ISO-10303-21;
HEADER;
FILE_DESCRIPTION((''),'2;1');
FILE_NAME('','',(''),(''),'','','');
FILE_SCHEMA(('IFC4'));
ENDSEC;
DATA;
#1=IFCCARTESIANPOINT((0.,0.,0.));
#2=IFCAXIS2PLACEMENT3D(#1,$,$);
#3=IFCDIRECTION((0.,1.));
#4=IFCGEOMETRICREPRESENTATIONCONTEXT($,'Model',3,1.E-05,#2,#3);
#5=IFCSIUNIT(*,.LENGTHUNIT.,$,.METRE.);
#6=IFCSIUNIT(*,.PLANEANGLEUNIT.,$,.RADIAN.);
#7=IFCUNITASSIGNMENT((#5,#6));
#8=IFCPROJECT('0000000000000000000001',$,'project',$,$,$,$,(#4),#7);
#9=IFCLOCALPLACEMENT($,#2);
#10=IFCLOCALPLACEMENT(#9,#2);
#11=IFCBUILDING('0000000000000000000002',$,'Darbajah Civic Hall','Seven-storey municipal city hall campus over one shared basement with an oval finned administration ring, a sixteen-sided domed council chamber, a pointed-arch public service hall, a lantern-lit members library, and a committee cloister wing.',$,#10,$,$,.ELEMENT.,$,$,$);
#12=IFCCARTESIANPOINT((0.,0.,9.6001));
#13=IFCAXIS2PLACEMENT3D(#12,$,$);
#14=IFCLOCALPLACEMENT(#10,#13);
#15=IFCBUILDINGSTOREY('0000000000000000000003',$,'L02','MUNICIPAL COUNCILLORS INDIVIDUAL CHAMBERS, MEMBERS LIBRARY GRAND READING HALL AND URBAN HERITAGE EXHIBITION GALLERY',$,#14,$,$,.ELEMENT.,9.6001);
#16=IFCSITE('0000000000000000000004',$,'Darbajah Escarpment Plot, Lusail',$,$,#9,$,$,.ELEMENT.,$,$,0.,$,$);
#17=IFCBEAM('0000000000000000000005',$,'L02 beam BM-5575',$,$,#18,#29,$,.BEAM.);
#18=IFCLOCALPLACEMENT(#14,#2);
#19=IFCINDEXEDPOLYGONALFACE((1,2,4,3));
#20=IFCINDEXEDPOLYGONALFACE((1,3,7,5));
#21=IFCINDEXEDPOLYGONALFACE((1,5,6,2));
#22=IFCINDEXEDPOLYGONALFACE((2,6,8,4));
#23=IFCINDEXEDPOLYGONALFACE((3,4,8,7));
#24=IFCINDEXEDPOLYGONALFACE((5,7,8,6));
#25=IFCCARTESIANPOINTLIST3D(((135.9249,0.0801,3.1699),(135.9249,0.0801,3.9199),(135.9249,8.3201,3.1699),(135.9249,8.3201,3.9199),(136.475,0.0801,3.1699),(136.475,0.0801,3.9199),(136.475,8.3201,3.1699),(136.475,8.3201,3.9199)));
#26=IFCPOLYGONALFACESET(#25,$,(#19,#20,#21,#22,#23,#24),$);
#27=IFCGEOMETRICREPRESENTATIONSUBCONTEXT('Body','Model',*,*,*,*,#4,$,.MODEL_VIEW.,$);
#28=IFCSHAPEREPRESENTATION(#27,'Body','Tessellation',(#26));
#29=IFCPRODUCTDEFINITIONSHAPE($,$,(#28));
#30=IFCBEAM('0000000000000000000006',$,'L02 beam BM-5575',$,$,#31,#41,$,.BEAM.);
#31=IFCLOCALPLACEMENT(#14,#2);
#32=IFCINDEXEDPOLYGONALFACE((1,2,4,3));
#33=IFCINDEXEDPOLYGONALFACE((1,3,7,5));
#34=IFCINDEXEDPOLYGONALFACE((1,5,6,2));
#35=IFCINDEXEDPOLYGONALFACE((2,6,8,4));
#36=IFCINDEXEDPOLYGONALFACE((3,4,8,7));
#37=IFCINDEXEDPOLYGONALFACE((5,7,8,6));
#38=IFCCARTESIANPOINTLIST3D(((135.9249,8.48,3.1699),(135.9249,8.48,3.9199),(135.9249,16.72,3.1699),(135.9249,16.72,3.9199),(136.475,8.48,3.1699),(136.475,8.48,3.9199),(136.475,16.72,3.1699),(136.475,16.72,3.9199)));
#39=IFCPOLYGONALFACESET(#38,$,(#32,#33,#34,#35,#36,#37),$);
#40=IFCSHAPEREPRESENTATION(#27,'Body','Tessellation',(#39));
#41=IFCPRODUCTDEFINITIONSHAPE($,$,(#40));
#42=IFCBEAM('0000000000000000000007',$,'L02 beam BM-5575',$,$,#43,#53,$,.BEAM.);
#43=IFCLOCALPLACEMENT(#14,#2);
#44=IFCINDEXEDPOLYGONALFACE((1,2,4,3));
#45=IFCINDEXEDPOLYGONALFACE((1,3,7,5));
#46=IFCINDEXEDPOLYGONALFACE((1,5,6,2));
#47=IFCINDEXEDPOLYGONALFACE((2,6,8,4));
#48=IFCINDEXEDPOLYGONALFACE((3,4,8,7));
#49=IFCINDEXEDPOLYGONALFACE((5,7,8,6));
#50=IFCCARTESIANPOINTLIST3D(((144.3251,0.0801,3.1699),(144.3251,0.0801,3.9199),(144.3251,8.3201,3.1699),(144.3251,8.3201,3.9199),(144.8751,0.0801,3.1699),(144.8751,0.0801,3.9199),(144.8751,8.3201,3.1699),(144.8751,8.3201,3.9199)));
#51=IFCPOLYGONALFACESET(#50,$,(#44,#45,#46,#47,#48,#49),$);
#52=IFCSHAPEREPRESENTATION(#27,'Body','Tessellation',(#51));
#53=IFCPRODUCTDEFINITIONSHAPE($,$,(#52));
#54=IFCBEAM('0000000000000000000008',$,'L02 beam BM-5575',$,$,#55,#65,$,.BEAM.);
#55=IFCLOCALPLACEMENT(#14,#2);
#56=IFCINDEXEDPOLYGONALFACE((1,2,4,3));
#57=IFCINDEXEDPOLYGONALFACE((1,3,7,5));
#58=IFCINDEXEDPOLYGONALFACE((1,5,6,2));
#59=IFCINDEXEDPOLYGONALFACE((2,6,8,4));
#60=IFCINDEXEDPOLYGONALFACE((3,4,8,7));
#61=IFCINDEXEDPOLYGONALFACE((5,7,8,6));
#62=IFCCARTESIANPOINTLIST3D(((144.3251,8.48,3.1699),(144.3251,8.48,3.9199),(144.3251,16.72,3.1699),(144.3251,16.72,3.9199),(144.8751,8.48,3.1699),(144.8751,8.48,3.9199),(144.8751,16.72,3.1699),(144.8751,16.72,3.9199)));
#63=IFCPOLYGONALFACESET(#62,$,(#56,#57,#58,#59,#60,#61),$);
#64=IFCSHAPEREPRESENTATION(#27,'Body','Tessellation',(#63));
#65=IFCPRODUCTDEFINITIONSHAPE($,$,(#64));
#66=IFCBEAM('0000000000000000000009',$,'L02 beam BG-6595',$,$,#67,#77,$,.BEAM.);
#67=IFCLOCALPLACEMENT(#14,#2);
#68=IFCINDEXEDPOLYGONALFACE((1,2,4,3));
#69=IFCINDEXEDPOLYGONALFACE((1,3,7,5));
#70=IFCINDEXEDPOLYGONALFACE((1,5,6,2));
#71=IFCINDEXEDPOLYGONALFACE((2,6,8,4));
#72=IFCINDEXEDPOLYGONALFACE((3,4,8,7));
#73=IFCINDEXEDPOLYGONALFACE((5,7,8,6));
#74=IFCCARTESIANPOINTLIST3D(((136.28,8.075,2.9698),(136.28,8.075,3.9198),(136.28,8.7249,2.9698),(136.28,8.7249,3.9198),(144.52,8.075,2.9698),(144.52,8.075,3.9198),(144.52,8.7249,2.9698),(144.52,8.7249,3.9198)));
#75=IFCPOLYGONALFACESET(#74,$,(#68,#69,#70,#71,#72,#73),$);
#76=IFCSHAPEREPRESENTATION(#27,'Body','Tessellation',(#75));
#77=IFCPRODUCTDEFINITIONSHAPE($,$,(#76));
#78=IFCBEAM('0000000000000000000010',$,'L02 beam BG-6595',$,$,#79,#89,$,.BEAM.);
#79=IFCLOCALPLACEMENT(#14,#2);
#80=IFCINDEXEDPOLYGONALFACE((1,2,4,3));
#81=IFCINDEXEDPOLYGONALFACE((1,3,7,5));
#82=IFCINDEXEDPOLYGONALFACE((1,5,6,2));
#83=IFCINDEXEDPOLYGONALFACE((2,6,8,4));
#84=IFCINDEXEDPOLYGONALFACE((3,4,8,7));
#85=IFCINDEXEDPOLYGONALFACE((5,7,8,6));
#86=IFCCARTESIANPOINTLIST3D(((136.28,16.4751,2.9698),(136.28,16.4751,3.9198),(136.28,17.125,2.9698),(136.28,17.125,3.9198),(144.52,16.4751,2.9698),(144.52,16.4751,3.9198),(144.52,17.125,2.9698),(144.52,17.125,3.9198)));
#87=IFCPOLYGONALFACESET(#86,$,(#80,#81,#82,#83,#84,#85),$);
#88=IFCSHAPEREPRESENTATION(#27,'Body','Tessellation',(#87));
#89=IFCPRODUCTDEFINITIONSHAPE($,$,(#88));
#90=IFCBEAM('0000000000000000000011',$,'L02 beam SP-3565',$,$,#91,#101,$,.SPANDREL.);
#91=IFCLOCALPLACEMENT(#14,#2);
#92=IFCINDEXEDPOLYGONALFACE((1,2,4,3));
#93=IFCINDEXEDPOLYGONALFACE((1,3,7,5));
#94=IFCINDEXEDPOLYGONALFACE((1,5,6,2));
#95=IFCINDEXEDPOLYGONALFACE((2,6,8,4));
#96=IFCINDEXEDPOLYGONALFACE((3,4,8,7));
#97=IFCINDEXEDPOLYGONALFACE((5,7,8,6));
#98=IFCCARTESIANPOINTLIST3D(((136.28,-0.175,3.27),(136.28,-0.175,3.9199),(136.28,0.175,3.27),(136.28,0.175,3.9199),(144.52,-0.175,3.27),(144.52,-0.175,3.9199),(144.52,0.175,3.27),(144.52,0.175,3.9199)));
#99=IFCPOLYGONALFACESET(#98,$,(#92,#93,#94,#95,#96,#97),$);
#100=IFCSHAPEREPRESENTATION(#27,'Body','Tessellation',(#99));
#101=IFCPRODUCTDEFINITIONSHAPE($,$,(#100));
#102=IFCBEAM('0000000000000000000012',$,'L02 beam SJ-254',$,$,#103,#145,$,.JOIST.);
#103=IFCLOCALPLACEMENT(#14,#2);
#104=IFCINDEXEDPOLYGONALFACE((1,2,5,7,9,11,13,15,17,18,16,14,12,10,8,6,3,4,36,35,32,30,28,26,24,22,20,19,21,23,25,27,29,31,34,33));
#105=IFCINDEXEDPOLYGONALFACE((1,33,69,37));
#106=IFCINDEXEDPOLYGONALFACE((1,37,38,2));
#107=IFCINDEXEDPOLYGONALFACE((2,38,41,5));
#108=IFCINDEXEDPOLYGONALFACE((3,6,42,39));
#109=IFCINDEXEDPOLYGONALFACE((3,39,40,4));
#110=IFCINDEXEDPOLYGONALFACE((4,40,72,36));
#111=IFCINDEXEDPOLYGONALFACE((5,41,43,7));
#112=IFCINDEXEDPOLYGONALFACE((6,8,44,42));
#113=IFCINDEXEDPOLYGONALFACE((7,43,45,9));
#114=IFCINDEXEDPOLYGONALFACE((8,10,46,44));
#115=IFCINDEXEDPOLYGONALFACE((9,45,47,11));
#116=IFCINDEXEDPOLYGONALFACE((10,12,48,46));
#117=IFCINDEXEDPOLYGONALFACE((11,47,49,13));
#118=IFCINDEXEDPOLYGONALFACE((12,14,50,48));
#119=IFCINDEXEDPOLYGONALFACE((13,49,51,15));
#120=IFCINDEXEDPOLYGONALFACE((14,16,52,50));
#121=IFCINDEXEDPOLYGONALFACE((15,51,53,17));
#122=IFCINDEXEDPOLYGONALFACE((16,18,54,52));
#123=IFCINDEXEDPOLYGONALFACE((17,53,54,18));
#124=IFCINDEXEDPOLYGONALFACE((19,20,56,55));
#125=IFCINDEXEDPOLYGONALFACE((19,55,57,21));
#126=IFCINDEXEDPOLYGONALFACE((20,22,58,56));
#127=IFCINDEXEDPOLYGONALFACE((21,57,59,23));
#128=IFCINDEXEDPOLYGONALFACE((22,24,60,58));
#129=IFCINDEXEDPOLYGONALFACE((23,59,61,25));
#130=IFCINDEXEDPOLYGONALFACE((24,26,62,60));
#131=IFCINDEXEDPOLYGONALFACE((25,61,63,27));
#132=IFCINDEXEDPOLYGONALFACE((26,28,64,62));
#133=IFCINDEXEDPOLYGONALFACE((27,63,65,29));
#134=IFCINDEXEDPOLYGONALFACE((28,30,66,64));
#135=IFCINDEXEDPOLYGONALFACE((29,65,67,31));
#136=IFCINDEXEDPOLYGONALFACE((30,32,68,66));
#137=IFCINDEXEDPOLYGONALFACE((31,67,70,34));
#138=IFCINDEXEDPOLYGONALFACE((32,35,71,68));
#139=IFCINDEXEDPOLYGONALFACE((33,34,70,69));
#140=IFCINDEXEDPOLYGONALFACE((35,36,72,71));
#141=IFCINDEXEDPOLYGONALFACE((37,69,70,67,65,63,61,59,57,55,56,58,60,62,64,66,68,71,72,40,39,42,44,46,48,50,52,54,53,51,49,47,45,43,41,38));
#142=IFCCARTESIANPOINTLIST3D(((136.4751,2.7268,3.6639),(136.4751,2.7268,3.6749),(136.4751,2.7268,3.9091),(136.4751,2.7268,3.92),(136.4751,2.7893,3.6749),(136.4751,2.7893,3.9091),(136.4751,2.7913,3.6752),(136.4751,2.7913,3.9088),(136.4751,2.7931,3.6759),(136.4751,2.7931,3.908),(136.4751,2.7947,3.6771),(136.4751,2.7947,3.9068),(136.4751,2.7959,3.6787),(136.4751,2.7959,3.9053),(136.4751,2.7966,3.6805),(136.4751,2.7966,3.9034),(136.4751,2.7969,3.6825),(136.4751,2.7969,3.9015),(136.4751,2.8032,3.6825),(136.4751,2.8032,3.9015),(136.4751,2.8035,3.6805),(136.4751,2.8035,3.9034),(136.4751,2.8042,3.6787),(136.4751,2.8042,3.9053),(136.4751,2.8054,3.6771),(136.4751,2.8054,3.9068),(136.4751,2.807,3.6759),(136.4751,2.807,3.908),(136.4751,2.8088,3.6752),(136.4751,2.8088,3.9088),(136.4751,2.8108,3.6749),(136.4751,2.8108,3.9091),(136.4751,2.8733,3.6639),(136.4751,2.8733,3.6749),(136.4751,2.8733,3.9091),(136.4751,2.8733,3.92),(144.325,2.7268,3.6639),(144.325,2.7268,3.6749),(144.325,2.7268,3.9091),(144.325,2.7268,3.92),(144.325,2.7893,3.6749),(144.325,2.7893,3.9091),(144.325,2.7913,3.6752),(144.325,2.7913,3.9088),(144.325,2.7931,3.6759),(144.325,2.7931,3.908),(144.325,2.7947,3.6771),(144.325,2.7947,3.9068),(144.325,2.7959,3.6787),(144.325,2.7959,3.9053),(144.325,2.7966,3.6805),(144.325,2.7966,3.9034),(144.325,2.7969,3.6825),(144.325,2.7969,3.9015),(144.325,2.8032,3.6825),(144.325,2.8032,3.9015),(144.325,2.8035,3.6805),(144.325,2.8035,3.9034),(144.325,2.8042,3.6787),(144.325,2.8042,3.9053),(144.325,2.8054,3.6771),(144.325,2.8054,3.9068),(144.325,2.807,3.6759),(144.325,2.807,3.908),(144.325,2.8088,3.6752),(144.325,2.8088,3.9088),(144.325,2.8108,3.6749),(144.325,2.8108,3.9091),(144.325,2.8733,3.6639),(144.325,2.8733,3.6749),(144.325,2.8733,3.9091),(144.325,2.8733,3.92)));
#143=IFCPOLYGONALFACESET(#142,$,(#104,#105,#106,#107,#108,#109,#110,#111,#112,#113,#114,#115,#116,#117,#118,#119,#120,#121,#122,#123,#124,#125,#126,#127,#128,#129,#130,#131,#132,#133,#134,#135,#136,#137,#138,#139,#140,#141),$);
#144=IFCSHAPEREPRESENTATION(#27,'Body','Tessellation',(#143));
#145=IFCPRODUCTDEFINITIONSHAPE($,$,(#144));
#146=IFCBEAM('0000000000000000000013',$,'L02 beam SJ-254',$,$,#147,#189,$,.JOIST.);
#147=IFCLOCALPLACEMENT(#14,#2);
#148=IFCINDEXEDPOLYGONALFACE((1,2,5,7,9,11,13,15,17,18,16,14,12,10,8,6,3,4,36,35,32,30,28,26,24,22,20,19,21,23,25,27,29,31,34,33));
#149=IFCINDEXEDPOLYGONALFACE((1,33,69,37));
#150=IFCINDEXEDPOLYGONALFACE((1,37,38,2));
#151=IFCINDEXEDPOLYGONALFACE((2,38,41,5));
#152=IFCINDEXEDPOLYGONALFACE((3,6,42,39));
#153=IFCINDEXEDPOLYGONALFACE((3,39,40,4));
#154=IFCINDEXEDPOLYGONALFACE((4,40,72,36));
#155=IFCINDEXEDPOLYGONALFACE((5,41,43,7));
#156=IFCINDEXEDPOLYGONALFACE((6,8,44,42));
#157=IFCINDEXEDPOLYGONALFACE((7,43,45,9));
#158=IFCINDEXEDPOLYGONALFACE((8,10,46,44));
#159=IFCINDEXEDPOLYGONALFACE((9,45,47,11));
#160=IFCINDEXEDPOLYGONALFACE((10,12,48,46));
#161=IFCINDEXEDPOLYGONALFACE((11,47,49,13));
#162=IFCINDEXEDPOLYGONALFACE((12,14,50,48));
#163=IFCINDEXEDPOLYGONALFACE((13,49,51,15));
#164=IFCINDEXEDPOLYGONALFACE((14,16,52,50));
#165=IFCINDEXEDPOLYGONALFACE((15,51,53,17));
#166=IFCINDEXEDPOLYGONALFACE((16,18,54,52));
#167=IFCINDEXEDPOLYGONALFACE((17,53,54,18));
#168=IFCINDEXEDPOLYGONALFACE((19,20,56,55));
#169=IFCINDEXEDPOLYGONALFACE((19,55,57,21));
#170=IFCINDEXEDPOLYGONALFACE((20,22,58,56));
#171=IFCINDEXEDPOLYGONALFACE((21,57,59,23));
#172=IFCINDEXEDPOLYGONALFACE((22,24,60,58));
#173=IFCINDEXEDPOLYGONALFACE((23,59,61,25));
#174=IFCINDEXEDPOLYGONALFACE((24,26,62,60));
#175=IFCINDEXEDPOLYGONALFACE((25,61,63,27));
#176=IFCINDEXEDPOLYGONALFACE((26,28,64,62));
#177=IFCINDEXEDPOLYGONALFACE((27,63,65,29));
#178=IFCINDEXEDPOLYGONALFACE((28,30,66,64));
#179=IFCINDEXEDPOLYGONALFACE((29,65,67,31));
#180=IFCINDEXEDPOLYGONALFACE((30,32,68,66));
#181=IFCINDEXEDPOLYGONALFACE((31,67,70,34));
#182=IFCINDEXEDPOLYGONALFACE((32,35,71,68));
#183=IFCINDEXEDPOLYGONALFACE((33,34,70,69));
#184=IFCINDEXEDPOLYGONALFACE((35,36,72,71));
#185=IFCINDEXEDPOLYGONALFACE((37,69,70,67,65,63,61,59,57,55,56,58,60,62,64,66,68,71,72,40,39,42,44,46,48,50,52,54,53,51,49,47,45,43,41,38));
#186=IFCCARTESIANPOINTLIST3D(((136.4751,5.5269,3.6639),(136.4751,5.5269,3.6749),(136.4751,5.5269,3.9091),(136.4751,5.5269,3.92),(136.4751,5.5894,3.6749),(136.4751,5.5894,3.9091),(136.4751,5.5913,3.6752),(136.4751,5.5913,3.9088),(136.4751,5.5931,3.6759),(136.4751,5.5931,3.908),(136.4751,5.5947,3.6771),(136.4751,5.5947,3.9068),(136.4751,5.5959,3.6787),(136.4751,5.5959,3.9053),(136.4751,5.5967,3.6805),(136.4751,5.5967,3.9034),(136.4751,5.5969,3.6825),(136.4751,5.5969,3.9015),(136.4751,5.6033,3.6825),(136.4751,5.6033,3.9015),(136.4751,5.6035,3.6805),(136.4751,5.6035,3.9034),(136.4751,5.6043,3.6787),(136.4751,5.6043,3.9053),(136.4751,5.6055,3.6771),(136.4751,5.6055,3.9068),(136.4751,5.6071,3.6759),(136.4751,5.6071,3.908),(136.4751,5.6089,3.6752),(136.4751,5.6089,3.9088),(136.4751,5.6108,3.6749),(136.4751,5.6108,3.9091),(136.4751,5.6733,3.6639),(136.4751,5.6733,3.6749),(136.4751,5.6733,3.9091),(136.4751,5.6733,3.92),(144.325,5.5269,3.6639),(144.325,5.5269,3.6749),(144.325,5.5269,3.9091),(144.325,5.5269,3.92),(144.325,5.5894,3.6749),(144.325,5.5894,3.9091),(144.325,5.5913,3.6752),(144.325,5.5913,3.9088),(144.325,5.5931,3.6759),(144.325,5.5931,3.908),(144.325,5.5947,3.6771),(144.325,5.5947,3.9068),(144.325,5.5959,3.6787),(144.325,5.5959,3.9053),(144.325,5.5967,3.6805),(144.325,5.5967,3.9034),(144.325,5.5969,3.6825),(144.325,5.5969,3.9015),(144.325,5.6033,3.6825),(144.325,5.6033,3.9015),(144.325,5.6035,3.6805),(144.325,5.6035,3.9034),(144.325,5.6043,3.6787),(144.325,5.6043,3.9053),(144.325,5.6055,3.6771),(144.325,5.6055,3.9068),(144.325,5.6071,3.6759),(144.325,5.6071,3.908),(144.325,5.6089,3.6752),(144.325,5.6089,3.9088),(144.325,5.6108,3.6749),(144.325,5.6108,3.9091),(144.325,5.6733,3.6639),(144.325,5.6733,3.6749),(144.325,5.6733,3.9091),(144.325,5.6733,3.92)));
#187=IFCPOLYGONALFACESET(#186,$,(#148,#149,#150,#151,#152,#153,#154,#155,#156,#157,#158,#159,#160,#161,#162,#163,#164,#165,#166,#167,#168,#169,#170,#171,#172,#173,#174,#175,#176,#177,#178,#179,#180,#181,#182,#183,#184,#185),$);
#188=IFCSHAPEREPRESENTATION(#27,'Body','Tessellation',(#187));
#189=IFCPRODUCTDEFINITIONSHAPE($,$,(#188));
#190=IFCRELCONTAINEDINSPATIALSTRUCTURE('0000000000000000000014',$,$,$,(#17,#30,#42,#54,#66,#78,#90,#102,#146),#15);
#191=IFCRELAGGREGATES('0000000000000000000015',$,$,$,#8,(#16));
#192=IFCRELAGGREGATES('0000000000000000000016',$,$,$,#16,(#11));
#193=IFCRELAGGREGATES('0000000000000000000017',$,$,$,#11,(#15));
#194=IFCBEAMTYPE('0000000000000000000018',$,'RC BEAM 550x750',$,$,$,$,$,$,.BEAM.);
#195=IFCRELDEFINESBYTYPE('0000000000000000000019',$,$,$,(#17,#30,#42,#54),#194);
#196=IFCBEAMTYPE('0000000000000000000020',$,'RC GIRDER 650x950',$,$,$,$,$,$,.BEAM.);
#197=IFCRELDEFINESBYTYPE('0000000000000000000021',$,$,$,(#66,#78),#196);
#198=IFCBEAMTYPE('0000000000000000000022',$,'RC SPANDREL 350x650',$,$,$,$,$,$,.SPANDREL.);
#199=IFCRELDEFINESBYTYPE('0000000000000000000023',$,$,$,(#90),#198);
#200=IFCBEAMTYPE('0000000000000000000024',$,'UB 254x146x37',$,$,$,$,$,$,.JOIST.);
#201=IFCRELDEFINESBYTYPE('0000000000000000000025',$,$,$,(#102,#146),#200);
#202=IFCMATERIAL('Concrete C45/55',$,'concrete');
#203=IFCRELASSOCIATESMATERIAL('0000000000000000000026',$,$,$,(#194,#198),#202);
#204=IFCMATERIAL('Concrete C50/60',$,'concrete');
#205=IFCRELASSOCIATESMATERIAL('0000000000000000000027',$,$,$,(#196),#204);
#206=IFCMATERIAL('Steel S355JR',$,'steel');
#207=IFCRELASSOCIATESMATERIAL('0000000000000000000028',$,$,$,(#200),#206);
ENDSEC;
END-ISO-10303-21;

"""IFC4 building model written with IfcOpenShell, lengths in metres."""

from ifc_helpers import new_model, si_unit, direction, frame, origin, origin_2d, place, context, subcontext, project, spatial, rectangle, i_section, extrude, material, material_profile, profile_set, type_object, element, save


model = new_model("IFC4")

# Units and contexts
model_context = context("Model", 3, precision=1e-05, world=origin(), true_north=direction((0.0, 1.0)))
body_context = subcontext(model_context, "Body", "Model", "MODEL_VIEW")
ifc_project = project(units=[si_unit("LENGTHUNIT", "METRE"), si_unit("PLANEANGLEUNIT", "RADIAN")], contexts=[model_context])

# Site, building, storey
site_placement = place(None, origin())
site = spatial("IfcSite", under=ifc_project, at=site_placement, Name="Darbajah Escarpment Plot, Lusail", CompositionType="ELEMENT", RefElevation=0.0)
building_placement = place(site_placement, origin())
building = spatial("IfcBuilding", under=site, at=building_placement, Name="Darbajah Civic Hall", Description="Seven-storey municipal city hall campus over one shared basement with an oval finned administration ring, a sixteen-sided domed council chamber, a pointed-arch public service hall, a lantern-lit members library, and a committee cloister wing.", CompositionType="ELEMENT")
storey_placement = place(building_placement, frame((0.0, 0.0, 9.6001)))
storey = spatial("IfcBuildingStorey", under=building, at=storey_placement, Name="L02", Description="MUNICIPAL COUNCILLORS INDIVIDUAL CHAMBERS, MEMBERS LIBRARY GRAND READING HALL AND URBAN HERITAGE EXHIBITION GALLERY", CompositionType="ELEMENT", Elevation=9.6001)

# Shared definitions
ifc_material_1 = material(Name="Concrete C45/55", Category="concrete")
ifc_material_2 = material(Name="Steel S355JR", Category="steel")

# Beams
ifc_material_profile_1 = material_profile(ifc_material_1, rectangle(XDim=0.55, YDim=0.75, at=origin_2d()), Name="RC BEAM 550x750")
ifc_profile_set_1 = profile_set([ifc_material_profile_1], Name="Concrete C45/55")
beam_type_1 = type_object("IfcBeamType", Name="RC BEAM 550x750", PredefinedType="BEAM", material=ifc_profile_set_1)
for number, where, z_axis, x_axis, name in (
    (1, (136.2, 0.0801, 3.5449), (0.0, 1.0, 0.0), (-1.0, 0.0, 0.0), "L02 beam BM-5575"),
    (2, (136.2, 8.48, 3.5449), (0.0, 1.0, 0.0), (-1.0, 0.0, 0.0), "L02 beam BM-5575"),
    (3, (144.6001, 0.0801, 3.5449), (0.0, 1.0, 0.0), (-1.0, 0.0, 0.0), "L02 beam BM-5575"),
    (4, (144.6001, 8.48, 3.5449), (0.0, 1.0, 0.0), (-1.0, 0.0, 0.0), "L02 beam BM-5575"),
):
    element("IfcBeam", number, at=place(storey_placement, frame(where, z_axis=z_axis, x_axis=x_axis)), inside=storey, type_object=beam_type_1, Name=name, PredefinedType="BEAM", context=body_context, shape_type="SweptSolid", body=[
        extrude(rectangle(XDim=0.55, YDim=0.75, at=origin_2d()), origin(), (0.0, 0.0, 1.0), 8.24),
    ])
ifc_material_3 = material(Name="Concrete C50/60", Category="concrete")
ifc_material_profile_2 = material_profile(ifc_material_3, rectangle(XDim=0.6499, YDim=0.95, at=origin_2d()), Name="RC GIRDER 650x950")
ifc_profile_set_2 = profile_set([ifc_material_profile_2], Name="Concrete C50/60")
beam_type_2 = type_object("IfcBeamType", Name="RC GIRDER 650x950", PredefinedType="BEAM", material=ifc_profile_set_2)
for number, where, z_axis, x_axis, name in (
    (5, (136.28, 8.3999, 3.4448), (1.0, 0.0, 0.0), (0.0, 1.0, 0.0), "L02 beam BG-6595"),
    (6, (136.28, 16.8, 3.4448), (1.0, 0.0, 0.0), (0.0, 1.0, 0.0), "L02 beam BG-6595"),
):
    element("IfcBeam", number, at=place(storey_placement, frame(where, z_axis=z_axis, x_axis=x_axis)), inside=storey, type_object=beam_type_2, Name=name, PredefinedType="BEAM", context=body_context, shape_type="SweptSolid", body=[
        extrude(rectangle(XDim=0.6499, YDim=0.95, at=origin_2d()), origin(), (0.0, 0.0, 1.0), 8.24),
    ])
ifc_material_profile_3 = material_profile(ifc_material_1, rectangle(XDim=0.3501, YDim=0.6499, at=origin_2d()), Name="RC SPANDREL 350x650")
ifc_profile_set_3 = profile_set([ifc_material_profile_3], Name="Concrete C45/55")
beam_type_3 = type_object("IfcBeamType", Name="RC SPANDREL 350x650", PredefinedType="SPANDREL", material=ifc_profile_set_3)
beam_placement = place(storey_placement, frame((136.28, 0.0, 3.595), z_axis=(1.0, 0.0, 0.0), x_axis=(0.0, 1.0, 0.0)))
element("IfcBeam", 7, at=beam_placement, inside=storey, type_object=beam_type_3, Name="L02 beam SP-3565", PredefinedType="SPANDREL", context=body_context, shape_type="SweptSolid", body=[
    extrude(rectangle(XDim=0.3501, YDim=0.6499, at=origin_2d()), origin(), (0.0, 0.0, 1.0), 8.24),
])
ifc_material_profile_4 = material_profile(ifc_material_2, i_section(OverallWidth=0.1465, OverallDepth=0.2561, WebThickness=0.0063, FlangeThickness=0.011, FilletRadius=0.0076, at=origin_2d()), Name="UB 254x146x37")
ifc_profile_set_4 = profile_set([ifc_material_profile_4], Name="Steel S355JR")
beam_type_4 = type_object("IfcBeamType", Name="UB 254x146x37", PredefinedType="JOIST", material=ifc_profile_set_4)
for number, where, z_axis, x_axis, name in (
    (8, (136.4751, 2.8, 3.792), (1.0, 0.0, 0.0), (0.0, 1.0, 0.0), "L02 beam SJ-254"),
    (9, (136.4751, 5.6001, 3.792), (1.0, 0.0, 0.0), (0.0, 1.0, 0.0), "L02 beam SJ-254"),
):
    element("IfcBeam", number, at=place(storey_placement, frame(where, z_axis=z_axis, x_axis=x_axis)), inside=storey, type_object=beam_type_4, Name=name, PredefinedType="JOIST", context=body_context, shape_type="SweptSolid", body=[
        extrude(i_section(OverallWidth=0.1465, OverallDepth=0.2561, WebThickness=0.0063, FlangeThickness=0.011, FilletRadius=0.0076, at=origin_2d()), origin(), (0.0, 0.0, 1.0), 7.8499),
    ])

save(model, "model.ifc")
